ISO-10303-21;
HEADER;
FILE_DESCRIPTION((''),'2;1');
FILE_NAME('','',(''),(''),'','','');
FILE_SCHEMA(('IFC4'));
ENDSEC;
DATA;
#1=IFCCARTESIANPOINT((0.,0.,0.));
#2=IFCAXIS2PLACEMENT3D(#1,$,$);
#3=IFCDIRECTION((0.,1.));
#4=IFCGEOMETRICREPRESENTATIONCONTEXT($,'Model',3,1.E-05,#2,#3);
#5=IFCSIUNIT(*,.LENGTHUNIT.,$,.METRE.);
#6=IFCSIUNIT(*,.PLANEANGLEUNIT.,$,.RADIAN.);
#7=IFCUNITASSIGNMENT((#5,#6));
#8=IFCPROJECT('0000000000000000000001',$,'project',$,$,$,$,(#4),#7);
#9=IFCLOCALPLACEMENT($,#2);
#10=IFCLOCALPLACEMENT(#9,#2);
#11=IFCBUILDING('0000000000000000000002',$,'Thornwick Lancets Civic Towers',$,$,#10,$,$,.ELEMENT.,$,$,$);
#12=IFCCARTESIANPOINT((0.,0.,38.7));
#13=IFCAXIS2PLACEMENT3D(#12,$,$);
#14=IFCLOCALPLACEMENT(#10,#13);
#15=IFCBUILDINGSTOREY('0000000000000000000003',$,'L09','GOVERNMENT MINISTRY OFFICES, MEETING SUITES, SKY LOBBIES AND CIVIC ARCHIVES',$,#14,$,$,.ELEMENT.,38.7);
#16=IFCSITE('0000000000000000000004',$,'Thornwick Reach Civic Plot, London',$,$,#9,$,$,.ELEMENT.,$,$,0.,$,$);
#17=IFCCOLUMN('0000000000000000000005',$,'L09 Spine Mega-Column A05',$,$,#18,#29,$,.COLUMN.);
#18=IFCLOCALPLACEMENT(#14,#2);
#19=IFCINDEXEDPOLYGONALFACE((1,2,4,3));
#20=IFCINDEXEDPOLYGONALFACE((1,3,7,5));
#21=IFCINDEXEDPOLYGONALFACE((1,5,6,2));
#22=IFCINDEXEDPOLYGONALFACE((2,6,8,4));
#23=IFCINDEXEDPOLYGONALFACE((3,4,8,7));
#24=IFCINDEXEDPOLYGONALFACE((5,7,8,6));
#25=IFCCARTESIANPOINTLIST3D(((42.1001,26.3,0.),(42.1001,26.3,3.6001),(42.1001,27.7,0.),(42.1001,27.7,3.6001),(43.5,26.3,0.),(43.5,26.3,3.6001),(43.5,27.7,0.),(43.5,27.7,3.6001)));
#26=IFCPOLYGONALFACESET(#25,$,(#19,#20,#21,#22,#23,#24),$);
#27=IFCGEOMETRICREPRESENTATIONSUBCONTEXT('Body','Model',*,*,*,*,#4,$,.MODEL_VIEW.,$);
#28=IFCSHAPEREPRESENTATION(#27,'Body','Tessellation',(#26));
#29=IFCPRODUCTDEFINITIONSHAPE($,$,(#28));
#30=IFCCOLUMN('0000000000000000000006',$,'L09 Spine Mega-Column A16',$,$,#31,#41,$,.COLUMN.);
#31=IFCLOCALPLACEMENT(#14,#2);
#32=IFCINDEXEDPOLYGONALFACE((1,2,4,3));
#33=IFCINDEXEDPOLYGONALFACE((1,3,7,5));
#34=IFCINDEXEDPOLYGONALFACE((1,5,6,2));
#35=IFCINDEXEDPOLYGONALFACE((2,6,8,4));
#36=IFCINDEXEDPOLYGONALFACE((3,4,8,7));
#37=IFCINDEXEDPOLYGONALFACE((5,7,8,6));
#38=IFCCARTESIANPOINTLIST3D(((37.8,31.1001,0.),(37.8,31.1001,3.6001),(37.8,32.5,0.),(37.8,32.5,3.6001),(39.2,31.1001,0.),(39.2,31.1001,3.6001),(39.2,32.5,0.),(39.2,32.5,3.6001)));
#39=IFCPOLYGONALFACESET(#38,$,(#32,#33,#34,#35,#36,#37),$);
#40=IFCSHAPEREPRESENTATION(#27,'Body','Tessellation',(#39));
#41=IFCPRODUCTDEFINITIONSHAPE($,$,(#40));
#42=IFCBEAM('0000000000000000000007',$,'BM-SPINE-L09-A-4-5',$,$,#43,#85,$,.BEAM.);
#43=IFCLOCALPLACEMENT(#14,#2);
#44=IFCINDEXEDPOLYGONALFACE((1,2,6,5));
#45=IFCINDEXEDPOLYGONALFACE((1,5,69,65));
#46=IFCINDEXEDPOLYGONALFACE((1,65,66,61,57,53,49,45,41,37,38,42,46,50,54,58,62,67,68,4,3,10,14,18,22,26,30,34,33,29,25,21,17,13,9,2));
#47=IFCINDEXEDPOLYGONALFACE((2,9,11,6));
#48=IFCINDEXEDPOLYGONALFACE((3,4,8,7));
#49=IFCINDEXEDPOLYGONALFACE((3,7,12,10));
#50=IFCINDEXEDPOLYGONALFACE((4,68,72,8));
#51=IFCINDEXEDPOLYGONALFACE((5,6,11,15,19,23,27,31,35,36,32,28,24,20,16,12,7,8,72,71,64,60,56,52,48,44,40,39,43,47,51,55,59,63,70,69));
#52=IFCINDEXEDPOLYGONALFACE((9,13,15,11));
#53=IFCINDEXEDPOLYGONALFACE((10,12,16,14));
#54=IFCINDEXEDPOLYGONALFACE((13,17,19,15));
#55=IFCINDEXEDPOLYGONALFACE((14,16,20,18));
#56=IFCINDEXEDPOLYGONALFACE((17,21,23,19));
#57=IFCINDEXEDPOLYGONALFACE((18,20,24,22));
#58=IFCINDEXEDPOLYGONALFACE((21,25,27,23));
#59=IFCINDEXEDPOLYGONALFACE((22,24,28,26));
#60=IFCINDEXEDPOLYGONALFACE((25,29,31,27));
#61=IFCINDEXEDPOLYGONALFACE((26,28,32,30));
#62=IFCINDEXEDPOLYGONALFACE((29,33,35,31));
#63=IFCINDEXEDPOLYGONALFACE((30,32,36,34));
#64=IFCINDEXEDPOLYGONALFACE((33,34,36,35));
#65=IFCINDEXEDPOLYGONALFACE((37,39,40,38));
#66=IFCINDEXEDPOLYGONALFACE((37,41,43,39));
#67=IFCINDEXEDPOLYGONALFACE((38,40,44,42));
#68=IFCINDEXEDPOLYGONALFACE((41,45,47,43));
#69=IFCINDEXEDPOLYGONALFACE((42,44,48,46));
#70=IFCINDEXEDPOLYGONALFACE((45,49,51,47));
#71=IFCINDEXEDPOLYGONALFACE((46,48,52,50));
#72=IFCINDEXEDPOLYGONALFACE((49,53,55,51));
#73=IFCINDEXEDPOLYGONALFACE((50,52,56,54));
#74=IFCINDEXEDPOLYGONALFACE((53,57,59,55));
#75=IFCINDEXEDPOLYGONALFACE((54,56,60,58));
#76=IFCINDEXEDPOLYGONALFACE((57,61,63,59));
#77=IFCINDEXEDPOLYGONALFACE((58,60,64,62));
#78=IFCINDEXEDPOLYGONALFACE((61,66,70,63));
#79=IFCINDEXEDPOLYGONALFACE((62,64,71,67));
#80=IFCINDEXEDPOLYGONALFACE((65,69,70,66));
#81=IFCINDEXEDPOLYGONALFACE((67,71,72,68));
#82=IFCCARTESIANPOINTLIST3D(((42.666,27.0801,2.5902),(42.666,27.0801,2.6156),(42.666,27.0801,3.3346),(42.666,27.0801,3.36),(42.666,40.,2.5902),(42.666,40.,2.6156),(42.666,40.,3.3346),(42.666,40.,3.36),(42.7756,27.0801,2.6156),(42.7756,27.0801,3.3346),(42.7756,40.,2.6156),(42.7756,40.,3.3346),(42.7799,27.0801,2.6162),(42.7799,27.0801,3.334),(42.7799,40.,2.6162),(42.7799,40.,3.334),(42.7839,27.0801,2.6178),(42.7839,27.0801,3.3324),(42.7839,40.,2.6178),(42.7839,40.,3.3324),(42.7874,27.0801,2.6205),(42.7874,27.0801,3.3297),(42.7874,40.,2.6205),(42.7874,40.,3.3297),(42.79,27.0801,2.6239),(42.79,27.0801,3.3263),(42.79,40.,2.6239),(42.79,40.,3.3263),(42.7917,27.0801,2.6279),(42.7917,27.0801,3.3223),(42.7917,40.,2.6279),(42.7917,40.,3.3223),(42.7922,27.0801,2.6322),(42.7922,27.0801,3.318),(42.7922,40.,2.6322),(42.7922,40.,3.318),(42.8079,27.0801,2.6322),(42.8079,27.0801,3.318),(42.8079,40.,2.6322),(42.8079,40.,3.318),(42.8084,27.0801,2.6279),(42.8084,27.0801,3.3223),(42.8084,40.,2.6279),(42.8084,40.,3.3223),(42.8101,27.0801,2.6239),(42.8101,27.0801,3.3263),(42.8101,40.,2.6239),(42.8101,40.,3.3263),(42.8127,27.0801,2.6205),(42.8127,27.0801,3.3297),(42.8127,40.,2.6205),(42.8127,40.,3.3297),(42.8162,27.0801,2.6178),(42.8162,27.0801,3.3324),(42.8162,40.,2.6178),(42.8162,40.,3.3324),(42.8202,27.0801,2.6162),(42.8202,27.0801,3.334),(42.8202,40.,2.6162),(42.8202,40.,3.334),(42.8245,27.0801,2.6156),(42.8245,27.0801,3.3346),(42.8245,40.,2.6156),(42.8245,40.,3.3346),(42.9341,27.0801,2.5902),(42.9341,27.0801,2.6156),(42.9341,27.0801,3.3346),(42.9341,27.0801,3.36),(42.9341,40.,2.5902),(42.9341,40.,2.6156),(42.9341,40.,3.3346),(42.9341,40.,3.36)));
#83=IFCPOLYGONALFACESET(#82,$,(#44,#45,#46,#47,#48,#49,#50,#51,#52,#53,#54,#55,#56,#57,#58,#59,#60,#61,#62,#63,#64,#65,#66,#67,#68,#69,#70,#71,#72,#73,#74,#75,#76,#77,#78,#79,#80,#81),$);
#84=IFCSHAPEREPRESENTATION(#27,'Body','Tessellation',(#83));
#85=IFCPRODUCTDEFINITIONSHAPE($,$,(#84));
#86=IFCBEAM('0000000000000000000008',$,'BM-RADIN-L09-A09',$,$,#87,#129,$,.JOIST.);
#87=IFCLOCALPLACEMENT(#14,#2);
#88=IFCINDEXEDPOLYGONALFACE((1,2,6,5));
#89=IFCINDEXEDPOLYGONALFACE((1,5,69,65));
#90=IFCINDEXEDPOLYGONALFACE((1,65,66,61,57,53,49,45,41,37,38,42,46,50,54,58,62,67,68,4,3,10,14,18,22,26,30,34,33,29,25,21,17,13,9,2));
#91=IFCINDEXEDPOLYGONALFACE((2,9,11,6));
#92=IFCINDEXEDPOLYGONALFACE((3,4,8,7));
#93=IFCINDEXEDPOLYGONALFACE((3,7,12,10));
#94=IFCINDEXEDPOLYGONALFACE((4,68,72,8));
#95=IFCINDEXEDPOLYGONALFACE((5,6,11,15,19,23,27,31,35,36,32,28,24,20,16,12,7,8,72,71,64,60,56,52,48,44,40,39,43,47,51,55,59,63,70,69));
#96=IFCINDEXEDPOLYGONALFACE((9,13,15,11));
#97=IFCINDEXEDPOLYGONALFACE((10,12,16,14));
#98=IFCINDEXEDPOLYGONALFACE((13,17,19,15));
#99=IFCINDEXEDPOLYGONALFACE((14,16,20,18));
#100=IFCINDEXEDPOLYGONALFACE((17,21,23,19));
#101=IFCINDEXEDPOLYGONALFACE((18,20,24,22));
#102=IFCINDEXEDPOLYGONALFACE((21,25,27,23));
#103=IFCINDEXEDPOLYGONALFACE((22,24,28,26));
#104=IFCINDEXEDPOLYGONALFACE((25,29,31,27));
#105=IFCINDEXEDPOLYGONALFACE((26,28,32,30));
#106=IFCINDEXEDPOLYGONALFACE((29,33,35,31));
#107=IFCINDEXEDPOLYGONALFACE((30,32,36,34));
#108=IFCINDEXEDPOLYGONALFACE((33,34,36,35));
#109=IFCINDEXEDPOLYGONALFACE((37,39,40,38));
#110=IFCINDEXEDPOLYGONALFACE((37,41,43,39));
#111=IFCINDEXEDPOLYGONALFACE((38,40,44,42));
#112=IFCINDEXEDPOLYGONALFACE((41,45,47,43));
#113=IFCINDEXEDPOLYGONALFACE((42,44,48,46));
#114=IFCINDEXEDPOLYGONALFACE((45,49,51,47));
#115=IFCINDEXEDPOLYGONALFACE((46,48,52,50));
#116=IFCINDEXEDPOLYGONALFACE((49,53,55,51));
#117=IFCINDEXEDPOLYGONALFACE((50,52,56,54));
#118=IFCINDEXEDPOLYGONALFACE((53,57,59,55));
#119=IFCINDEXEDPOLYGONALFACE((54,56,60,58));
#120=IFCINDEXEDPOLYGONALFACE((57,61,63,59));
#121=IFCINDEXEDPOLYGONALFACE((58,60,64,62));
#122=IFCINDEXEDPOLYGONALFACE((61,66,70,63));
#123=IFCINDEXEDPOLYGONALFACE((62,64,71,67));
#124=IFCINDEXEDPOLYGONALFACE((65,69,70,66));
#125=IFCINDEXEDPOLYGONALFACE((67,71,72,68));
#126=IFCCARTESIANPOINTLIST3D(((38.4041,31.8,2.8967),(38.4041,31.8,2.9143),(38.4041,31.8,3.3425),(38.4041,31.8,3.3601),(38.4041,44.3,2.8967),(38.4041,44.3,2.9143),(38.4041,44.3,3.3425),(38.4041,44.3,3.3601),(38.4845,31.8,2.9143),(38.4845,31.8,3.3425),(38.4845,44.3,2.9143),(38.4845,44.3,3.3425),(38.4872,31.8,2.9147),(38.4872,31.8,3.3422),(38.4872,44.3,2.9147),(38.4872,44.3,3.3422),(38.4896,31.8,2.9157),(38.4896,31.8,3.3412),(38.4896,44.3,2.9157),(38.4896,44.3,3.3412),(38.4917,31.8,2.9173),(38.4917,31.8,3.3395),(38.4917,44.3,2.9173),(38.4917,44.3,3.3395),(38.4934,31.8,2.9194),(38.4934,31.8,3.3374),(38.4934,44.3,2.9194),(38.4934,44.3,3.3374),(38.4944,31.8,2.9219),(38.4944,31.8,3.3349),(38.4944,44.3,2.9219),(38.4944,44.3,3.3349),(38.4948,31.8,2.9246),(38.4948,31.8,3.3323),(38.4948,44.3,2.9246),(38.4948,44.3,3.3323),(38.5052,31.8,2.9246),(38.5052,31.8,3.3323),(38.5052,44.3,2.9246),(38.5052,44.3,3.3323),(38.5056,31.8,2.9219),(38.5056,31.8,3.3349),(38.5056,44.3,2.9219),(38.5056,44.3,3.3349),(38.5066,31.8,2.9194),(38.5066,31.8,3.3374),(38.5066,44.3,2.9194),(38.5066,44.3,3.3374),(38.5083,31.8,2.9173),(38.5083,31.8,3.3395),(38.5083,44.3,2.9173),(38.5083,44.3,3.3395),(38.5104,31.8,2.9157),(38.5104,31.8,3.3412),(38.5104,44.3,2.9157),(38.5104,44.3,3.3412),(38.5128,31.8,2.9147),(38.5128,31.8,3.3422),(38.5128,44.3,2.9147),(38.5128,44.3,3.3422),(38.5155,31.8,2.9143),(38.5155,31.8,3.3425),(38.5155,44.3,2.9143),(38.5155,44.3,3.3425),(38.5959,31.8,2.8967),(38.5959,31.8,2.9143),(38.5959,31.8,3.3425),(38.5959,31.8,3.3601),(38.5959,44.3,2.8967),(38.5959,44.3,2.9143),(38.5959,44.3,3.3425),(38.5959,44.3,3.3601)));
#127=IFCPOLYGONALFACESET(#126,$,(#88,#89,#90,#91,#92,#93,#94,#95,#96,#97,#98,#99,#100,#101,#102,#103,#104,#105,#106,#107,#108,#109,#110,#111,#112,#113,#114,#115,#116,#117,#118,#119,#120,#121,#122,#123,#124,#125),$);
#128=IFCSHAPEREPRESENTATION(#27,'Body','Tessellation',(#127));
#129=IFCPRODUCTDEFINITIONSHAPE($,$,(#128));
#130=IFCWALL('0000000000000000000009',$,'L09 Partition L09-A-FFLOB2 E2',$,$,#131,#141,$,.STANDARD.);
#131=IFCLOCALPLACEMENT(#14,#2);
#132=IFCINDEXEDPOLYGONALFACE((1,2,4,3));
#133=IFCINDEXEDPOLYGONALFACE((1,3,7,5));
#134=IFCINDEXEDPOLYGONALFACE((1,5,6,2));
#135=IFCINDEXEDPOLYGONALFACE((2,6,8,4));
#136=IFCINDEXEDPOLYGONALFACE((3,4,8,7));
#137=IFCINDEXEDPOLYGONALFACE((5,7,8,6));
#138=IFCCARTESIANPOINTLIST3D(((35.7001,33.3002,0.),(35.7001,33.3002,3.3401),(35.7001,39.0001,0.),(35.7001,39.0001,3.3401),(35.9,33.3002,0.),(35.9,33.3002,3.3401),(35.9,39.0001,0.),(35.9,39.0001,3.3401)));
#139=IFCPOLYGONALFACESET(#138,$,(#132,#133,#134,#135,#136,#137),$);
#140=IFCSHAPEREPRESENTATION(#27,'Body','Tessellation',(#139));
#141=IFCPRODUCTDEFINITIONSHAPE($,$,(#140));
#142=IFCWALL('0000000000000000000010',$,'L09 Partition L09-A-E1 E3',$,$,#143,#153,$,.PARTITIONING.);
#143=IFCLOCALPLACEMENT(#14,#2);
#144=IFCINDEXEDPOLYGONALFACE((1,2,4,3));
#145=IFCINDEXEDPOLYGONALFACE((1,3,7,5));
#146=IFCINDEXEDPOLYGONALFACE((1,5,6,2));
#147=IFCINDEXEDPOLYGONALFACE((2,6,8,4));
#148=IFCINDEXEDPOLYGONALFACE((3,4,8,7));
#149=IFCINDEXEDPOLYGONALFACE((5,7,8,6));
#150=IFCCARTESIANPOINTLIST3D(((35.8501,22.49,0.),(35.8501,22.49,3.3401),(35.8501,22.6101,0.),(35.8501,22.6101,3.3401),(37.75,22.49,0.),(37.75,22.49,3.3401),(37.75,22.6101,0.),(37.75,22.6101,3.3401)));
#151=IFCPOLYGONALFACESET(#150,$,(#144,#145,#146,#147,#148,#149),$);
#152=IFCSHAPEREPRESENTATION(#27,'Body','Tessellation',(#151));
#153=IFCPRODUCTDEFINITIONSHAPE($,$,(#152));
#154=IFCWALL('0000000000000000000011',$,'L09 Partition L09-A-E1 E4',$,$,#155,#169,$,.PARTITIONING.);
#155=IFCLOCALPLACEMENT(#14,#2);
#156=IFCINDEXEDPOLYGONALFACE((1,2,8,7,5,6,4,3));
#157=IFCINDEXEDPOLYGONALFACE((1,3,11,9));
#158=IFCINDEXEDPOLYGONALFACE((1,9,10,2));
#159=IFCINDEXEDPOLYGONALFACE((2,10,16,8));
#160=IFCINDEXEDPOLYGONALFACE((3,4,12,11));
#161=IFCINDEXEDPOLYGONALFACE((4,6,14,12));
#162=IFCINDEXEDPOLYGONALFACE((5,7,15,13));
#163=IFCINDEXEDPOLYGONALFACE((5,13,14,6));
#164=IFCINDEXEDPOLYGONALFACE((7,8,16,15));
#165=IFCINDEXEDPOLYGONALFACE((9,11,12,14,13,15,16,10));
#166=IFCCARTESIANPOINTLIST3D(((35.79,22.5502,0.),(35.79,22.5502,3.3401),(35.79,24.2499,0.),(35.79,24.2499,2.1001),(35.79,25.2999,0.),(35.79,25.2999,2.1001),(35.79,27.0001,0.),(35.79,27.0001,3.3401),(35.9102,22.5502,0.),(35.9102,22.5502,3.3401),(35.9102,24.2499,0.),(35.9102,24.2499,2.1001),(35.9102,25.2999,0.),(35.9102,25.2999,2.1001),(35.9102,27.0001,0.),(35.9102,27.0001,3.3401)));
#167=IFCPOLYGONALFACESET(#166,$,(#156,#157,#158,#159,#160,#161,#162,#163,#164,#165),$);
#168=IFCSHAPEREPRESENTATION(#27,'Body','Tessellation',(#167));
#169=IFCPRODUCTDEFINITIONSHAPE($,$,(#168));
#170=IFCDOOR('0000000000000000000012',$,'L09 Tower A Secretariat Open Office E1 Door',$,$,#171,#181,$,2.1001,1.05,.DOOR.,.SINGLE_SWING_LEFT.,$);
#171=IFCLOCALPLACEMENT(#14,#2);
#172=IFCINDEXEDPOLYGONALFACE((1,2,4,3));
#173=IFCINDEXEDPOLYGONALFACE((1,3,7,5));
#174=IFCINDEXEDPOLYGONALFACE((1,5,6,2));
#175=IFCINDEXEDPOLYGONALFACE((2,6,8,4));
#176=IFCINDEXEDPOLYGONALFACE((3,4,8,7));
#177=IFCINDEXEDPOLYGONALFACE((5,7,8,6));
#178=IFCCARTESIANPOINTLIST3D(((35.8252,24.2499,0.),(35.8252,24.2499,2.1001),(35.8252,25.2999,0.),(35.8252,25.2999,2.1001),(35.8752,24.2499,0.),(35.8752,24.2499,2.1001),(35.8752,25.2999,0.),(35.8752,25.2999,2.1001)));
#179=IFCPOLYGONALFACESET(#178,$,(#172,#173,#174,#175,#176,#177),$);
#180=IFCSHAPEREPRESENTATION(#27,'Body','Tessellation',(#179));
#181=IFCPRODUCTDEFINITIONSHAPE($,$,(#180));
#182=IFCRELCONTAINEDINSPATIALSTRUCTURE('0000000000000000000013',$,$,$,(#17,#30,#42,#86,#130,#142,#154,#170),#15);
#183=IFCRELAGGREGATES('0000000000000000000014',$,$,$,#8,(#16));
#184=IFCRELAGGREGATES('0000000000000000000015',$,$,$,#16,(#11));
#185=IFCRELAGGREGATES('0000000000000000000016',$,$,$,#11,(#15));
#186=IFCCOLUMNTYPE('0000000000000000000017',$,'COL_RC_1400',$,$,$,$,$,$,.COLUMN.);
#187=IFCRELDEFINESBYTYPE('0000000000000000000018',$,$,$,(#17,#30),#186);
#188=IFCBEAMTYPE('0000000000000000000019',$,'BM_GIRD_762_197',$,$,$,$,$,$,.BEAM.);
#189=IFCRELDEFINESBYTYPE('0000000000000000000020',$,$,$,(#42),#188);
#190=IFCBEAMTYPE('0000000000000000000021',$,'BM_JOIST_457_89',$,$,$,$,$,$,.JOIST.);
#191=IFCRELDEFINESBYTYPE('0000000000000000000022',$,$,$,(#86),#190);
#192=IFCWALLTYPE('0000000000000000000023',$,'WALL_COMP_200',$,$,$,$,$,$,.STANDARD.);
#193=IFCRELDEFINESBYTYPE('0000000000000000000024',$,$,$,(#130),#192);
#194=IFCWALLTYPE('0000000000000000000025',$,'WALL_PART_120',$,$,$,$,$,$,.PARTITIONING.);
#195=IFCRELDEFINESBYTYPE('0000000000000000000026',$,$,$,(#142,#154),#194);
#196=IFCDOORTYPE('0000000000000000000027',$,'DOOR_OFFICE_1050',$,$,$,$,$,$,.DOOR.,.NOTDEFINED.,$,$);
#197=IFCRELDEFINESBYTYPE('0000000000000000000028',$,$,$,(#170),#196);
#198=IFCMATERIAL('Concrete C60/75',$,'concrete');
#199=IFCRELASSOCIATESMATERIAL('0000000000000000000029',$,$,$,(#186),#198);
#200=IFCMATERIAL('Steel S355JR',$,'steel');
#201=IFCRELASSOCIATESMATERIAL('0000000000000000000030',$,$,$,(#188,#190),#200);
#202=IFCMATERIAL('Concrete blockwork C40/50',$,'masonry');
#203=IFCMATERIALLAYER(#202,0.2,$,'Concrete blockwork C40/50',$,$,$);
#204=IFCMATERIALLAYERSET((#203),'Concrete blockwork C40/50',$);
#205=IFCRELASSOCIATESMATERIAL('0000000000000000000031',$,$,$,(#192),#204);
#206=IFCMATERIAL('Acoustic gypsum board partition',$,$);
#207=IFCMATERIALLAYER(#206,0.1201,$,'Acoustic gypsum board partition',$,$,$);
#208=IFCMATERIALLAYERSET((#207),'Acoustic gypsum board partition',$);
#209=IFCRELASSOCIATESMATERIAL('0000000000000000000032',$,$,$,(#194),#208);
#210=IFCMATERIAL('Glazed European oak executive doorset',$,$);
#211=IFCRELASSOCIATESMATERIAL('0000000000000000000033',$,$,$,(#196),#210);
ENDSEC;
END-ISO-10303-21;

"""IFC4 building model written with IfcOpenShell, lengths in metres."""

from ifc_helpers import new_model, si_unit, direction, frame, frame_2d, origin, origin_2d, place, context, subcontext, project, spatial, rectangle, i_section, extrude, material, layer, layer_set, material_profile, profile_set, type_object, element, fill, save


model = new_model("IFC4")

# Units and contexts
model_context = context("Model", 3, precision=1e-05, world=origin(), true_north=direction((0.0, 1.0)))
body_context = subcontext(model_context, "Body", "Model", "MODEL_VIEW")
ifc_project = project(units=[si_unit("LENGTHUNIT", "METRE"), si_unit("PLANEANGLEUNIT", "RADIAN")], contexts=[model_context])

# Site, building, storey
site_placement = place(None, origin())
site = spatial("IfcSite", under=ifc_project, at=site_placement, Name="Thornwick Reach Civic Plot, London", CompositionType="ELEMENT", RefElevation=0.0)
building_placement = place(site_placement, origin())
building = spatial("IfcBuilding", under=site, at=building_placement, Name="Thornwick Lancets Civic Towers", CompositionType="ELEMENT")
storey_placement = place(building_placement, frame((0.0, 0.0, 38.7)))
storey = spatial("IfcBuildingStorey", under=building, at=storey_placement, Name="L09", Description="GOVERNMENT MINISTRY OFFICES, MEETING SUITES, SKY LOBBIES AND CIVIC ARCHIVES", CompositionType="ELEMENT", Elevation=38.7)

# Columns
ifc_material_1 = material(Name="Concrete C60/75", Category="concrete")
ifc_material_profile_1 = material_profile(ifc_material_1, rectangle(XDim=1.3999, YDim=1.3999, at=origin_2d()), Name="RC 1400x1400")
ifc_profile_set_1 = profile_set([ifc_material_profile_1], Name="Concrete C60/75")
column_type = type_object("IfcColumnType", Name="COL_RC_1400", PredefinedType="COLUMN", material=ifc_profile_set_1)
for number, where, z_axis, x_axis, name in (
    (1, (42.8, 27.0, 0.0), (0.0, 0.0, 1.0), (1.0, 0.0, 0.0), "L09 Spine Mega-Column A05"),
    (2, (38.5, 31.8, 0.0), (0.0, 0.0, 1.0), (1.0, 0.0, 0.0), "L09 Spine Mega-Column A16"),
):
    element("IfcColumn", number, at=place(storey_placement, frame(where, z_axis=z_axis, x_axis=x_axis)), inside=storey, type_object=column_type, Name=name, PredefinedType="COLUMN", context=body_context, shape_type="SweptSolid", body=[
        extrude(rectangle(XDim=1.3999, YDim=1.3999, at=origin_2d()), origin(), (0.0, 0.0, 1.0), 3.6001),
    ])

# Beams
ifc_material_2 = material(Name="Steel S355JR", Category="steel")
ifc_material_profile_2 = material_profile(ifc_material_2, i_section(OverallWidth=0.2681, OverallDepth=0.7698, WebThickness=0.0156, FlangeThickness=0.0254, FilletRadius=0.0166, at=origin_2d()), Name="UKB 762x267x197")
ifc_profile_set_2 = profile_set([ifc_material_profile_2], Name="Steel S355JR")
beam_type_1 = type_object("IfcBeamType", Name="BM_GIRD_762_197", PredefinedType="BEAM", material=ifc_profile_set_2)
beam_1_placement = place(storey_placement, frame((42.8, 27.0801, 2.9751), z_axis=(0.0, 1.0, 0.0), x_axis=(-1.0, 0.0, 0.0)))
element("IfcBeam", 3, at=beam_1_placement, inside=storey, type_object=beam_type_1, Name="BM-SPINE-L09-A-4-5", PredefinedType="BEAM", context=body_context, shape_type="SweptSolid", body=[
    extrude(i_section(OverallWidth=0.2681, OverallDepth=0.7698, WebThickness=0.0156, FlangeThickness=0.0254, FilletRadius=0.0166, at=origin_2d()), origin(), (0.0, 0.0, 1.0), 12.9199),
])
ifc_material_profile_3 = material_profile(ifc_material_2, i_section(OverallWidth=0.1919, OverallDepth=0.4634, WebThickness=0.0105, FlangeThickness=0.0176, FilletRadius=0.0103, at=origin_2d()), Name="UKB 457x191x89")
ifc_profile_set_3 = profile_set([ifc_material_profile_3], Name="Steel S355JR")
beam_type_2 = type_object("IfcBeamType", Name="BM_JOIST_457_89", PredefinedType="JOIST", material=ifc_profile_set_3)
beam_2_placement = place(storey_placement, frame((38.5, 31.8, 3.1284), z_axis=(0.0, 1.0, 0.0), x_axis=(-1.0, 0.0, 0.0)))
element("IfcBeam", 4, at=beam_2_placement, inside=storey, type_object=beam_type_2, Name="BM-RADIN-L09-A09", PredefinedType="JOIST", context=body_context, shape_type="SweptSolid", body=[
    extrude(i_section(OverallWidth=0.1919, OverallDepth=0.4634, WebThickness=0.0105, FlangeThickness=0.0176, FilletRadius=0.0103, at=origin_2d()), origin(), (0.0, 0.0, 1.0), 12.5),
])

# Walls
ifc_material_3 = material(Name="Concrete blockwork C40/50", Category="masonry")
ifc_layer_1 = layer(ifc_material_3, 0.2, Name="Concrete blockwork C40/50")
ifc_layer_set_1 = layer_set([ifc_layer_1], Name="Concrete blockwork C40/50")
wall_type_1 = type_object("IfcWallType", Name="WALL_COMP_200", PredefinedType="STANDARD", material=ifc_layer_set_1)
wall_1_placement = place(storey_placement, frame((35.8, 33.3, 0.0), z_axis=(0.0, 0.0, 1.0), x_axis=(0.0, 1.0, 0.0)))
element("IfcWall", 5, at=wall_1_placement, inside=storey, type_object=wall_type_1, Name="L09 Partition L09-A-FFLOB2 E2", PredefinedType="STANDARD", context=body_context, shape_type="SweptSolid", body=[
    extrude(rectangle(XDim=5.7, YDim=0.2, at=frame_2d((2.8501, 0.0))), origin(), (0.0, 0.0, 1.0), 3.3401),
])
ifc_material_4 = material(Name="Acoustic gypsum board partition")
ifc_layer_2 = layer(ifc_material_4, 0.1201, Name="Acoustic gypsum board partition")
ifc_layer_set_2 = layer_set([ifc_layer_2], Name="Acoustic gypsum board partition")
wall_type_2 = type_object("IfcWallType", Name="WALL_PART_120", PredefinedType="PARTITIONING", material=ifc_layer_set_2)
wall_2_placement = place(storey_placement, frame((37.75, 22.55, 0.0), z_axis=(0.0, 0.0, 1.0), x_axis=(-1.0, 0.0, 0.0)))
element("IfcWall", 6, at=wall_2_placement, inside=storey, type_object=wall_type_2, Name="L09 Partition L09-A-E1 E3", PredefinedType="PARTITIONING", context=body_context, shape_type="SweptSolid", body=[
    extrude(rectangle(XDim=1.8999, YDim=0.1201, at=frame_2d((0.95, 0.0))), origin(), (0.0, 0.0, 1.0), 3.3401),
])

# Wall, opening, door
wall_3_placement = place(storey_placement, frame((35.8501, 22.55, 0.0), z_axis=(0.0, 0.0, 1.0), x_axis=(0.0, 1.0, 0.0)))
wall_3 = element("IfcWall", 7, at=wall_3_placement, inside=storey, type_object=wall_type_2, Name="L09 Partition L09-A-E1 E4", PredefinedType="PARTITIONING", context=body_context, shape_type="SweptSolid", body=[
    extrude(rectangle(XDim=4.45, YDim=0.1201, at=frame_2d((2.2251, 0.0))), origin(), (0.0, 0.0, 1.0), 3.3401),
])
opening_1_placement = place(wall_3_placement, frame((1.7, 0.0, 0.0)))
opening_1 = element("IfcOpeningElement", 8, at=opening_1_placement, cuts=wall_3, PredefinedType="OPENING", context=body_context, shape_type="SweptSolid", body=[
    extrude(rectangle(XDim=1.05, YDim=2.1001, at=frame_2d((0.5249, 1.05))), frame((0.0, 0.0701, 0.0), z_axis=(0.0, -1.0, 0.0), x_axis=(1.0, 0.0, 0.0)), (0.0, 0.0, 1.0), 0.1401),
])
ifc_material_5 = material(Name="Glazed European oak executive doorset")
door_type_1 = type_object("IfcDoorType", Name="DOOR_OFFICE_1050", OperationType="NOTDEFINED", PredefinedType="DOOR", material=ifc_material_5)
door_1_placement = place(opening_1_placement, origin())
door_1 = element("IfcDoor", 9, at=door_1_placement, inside=storey, type_object=door_type_1, Name="L09 Tower A Secretariat Open Office E1 Door", OperationType="SINGLE_SWING_LEFT", OverallHeight=2.1001, OverallWidth=1.05, PredefinedType="DOOR", context=body_context, shape_type="SweptSolid", body=[
    extrude(rectangle(XDim=1.05, YDim=2.1001, at=frame_2d((0.5249, 1.05))), frame((0.0, 0.0249, 0.0), z_axis=(0.0, -1.0, 0.0), x_axis=(1.0, 0.0, 0.0)), (0.0, 0.0, 1.0), 0.05),
])
fill(opening_1, door_1)

save(model, "model.ifc")
